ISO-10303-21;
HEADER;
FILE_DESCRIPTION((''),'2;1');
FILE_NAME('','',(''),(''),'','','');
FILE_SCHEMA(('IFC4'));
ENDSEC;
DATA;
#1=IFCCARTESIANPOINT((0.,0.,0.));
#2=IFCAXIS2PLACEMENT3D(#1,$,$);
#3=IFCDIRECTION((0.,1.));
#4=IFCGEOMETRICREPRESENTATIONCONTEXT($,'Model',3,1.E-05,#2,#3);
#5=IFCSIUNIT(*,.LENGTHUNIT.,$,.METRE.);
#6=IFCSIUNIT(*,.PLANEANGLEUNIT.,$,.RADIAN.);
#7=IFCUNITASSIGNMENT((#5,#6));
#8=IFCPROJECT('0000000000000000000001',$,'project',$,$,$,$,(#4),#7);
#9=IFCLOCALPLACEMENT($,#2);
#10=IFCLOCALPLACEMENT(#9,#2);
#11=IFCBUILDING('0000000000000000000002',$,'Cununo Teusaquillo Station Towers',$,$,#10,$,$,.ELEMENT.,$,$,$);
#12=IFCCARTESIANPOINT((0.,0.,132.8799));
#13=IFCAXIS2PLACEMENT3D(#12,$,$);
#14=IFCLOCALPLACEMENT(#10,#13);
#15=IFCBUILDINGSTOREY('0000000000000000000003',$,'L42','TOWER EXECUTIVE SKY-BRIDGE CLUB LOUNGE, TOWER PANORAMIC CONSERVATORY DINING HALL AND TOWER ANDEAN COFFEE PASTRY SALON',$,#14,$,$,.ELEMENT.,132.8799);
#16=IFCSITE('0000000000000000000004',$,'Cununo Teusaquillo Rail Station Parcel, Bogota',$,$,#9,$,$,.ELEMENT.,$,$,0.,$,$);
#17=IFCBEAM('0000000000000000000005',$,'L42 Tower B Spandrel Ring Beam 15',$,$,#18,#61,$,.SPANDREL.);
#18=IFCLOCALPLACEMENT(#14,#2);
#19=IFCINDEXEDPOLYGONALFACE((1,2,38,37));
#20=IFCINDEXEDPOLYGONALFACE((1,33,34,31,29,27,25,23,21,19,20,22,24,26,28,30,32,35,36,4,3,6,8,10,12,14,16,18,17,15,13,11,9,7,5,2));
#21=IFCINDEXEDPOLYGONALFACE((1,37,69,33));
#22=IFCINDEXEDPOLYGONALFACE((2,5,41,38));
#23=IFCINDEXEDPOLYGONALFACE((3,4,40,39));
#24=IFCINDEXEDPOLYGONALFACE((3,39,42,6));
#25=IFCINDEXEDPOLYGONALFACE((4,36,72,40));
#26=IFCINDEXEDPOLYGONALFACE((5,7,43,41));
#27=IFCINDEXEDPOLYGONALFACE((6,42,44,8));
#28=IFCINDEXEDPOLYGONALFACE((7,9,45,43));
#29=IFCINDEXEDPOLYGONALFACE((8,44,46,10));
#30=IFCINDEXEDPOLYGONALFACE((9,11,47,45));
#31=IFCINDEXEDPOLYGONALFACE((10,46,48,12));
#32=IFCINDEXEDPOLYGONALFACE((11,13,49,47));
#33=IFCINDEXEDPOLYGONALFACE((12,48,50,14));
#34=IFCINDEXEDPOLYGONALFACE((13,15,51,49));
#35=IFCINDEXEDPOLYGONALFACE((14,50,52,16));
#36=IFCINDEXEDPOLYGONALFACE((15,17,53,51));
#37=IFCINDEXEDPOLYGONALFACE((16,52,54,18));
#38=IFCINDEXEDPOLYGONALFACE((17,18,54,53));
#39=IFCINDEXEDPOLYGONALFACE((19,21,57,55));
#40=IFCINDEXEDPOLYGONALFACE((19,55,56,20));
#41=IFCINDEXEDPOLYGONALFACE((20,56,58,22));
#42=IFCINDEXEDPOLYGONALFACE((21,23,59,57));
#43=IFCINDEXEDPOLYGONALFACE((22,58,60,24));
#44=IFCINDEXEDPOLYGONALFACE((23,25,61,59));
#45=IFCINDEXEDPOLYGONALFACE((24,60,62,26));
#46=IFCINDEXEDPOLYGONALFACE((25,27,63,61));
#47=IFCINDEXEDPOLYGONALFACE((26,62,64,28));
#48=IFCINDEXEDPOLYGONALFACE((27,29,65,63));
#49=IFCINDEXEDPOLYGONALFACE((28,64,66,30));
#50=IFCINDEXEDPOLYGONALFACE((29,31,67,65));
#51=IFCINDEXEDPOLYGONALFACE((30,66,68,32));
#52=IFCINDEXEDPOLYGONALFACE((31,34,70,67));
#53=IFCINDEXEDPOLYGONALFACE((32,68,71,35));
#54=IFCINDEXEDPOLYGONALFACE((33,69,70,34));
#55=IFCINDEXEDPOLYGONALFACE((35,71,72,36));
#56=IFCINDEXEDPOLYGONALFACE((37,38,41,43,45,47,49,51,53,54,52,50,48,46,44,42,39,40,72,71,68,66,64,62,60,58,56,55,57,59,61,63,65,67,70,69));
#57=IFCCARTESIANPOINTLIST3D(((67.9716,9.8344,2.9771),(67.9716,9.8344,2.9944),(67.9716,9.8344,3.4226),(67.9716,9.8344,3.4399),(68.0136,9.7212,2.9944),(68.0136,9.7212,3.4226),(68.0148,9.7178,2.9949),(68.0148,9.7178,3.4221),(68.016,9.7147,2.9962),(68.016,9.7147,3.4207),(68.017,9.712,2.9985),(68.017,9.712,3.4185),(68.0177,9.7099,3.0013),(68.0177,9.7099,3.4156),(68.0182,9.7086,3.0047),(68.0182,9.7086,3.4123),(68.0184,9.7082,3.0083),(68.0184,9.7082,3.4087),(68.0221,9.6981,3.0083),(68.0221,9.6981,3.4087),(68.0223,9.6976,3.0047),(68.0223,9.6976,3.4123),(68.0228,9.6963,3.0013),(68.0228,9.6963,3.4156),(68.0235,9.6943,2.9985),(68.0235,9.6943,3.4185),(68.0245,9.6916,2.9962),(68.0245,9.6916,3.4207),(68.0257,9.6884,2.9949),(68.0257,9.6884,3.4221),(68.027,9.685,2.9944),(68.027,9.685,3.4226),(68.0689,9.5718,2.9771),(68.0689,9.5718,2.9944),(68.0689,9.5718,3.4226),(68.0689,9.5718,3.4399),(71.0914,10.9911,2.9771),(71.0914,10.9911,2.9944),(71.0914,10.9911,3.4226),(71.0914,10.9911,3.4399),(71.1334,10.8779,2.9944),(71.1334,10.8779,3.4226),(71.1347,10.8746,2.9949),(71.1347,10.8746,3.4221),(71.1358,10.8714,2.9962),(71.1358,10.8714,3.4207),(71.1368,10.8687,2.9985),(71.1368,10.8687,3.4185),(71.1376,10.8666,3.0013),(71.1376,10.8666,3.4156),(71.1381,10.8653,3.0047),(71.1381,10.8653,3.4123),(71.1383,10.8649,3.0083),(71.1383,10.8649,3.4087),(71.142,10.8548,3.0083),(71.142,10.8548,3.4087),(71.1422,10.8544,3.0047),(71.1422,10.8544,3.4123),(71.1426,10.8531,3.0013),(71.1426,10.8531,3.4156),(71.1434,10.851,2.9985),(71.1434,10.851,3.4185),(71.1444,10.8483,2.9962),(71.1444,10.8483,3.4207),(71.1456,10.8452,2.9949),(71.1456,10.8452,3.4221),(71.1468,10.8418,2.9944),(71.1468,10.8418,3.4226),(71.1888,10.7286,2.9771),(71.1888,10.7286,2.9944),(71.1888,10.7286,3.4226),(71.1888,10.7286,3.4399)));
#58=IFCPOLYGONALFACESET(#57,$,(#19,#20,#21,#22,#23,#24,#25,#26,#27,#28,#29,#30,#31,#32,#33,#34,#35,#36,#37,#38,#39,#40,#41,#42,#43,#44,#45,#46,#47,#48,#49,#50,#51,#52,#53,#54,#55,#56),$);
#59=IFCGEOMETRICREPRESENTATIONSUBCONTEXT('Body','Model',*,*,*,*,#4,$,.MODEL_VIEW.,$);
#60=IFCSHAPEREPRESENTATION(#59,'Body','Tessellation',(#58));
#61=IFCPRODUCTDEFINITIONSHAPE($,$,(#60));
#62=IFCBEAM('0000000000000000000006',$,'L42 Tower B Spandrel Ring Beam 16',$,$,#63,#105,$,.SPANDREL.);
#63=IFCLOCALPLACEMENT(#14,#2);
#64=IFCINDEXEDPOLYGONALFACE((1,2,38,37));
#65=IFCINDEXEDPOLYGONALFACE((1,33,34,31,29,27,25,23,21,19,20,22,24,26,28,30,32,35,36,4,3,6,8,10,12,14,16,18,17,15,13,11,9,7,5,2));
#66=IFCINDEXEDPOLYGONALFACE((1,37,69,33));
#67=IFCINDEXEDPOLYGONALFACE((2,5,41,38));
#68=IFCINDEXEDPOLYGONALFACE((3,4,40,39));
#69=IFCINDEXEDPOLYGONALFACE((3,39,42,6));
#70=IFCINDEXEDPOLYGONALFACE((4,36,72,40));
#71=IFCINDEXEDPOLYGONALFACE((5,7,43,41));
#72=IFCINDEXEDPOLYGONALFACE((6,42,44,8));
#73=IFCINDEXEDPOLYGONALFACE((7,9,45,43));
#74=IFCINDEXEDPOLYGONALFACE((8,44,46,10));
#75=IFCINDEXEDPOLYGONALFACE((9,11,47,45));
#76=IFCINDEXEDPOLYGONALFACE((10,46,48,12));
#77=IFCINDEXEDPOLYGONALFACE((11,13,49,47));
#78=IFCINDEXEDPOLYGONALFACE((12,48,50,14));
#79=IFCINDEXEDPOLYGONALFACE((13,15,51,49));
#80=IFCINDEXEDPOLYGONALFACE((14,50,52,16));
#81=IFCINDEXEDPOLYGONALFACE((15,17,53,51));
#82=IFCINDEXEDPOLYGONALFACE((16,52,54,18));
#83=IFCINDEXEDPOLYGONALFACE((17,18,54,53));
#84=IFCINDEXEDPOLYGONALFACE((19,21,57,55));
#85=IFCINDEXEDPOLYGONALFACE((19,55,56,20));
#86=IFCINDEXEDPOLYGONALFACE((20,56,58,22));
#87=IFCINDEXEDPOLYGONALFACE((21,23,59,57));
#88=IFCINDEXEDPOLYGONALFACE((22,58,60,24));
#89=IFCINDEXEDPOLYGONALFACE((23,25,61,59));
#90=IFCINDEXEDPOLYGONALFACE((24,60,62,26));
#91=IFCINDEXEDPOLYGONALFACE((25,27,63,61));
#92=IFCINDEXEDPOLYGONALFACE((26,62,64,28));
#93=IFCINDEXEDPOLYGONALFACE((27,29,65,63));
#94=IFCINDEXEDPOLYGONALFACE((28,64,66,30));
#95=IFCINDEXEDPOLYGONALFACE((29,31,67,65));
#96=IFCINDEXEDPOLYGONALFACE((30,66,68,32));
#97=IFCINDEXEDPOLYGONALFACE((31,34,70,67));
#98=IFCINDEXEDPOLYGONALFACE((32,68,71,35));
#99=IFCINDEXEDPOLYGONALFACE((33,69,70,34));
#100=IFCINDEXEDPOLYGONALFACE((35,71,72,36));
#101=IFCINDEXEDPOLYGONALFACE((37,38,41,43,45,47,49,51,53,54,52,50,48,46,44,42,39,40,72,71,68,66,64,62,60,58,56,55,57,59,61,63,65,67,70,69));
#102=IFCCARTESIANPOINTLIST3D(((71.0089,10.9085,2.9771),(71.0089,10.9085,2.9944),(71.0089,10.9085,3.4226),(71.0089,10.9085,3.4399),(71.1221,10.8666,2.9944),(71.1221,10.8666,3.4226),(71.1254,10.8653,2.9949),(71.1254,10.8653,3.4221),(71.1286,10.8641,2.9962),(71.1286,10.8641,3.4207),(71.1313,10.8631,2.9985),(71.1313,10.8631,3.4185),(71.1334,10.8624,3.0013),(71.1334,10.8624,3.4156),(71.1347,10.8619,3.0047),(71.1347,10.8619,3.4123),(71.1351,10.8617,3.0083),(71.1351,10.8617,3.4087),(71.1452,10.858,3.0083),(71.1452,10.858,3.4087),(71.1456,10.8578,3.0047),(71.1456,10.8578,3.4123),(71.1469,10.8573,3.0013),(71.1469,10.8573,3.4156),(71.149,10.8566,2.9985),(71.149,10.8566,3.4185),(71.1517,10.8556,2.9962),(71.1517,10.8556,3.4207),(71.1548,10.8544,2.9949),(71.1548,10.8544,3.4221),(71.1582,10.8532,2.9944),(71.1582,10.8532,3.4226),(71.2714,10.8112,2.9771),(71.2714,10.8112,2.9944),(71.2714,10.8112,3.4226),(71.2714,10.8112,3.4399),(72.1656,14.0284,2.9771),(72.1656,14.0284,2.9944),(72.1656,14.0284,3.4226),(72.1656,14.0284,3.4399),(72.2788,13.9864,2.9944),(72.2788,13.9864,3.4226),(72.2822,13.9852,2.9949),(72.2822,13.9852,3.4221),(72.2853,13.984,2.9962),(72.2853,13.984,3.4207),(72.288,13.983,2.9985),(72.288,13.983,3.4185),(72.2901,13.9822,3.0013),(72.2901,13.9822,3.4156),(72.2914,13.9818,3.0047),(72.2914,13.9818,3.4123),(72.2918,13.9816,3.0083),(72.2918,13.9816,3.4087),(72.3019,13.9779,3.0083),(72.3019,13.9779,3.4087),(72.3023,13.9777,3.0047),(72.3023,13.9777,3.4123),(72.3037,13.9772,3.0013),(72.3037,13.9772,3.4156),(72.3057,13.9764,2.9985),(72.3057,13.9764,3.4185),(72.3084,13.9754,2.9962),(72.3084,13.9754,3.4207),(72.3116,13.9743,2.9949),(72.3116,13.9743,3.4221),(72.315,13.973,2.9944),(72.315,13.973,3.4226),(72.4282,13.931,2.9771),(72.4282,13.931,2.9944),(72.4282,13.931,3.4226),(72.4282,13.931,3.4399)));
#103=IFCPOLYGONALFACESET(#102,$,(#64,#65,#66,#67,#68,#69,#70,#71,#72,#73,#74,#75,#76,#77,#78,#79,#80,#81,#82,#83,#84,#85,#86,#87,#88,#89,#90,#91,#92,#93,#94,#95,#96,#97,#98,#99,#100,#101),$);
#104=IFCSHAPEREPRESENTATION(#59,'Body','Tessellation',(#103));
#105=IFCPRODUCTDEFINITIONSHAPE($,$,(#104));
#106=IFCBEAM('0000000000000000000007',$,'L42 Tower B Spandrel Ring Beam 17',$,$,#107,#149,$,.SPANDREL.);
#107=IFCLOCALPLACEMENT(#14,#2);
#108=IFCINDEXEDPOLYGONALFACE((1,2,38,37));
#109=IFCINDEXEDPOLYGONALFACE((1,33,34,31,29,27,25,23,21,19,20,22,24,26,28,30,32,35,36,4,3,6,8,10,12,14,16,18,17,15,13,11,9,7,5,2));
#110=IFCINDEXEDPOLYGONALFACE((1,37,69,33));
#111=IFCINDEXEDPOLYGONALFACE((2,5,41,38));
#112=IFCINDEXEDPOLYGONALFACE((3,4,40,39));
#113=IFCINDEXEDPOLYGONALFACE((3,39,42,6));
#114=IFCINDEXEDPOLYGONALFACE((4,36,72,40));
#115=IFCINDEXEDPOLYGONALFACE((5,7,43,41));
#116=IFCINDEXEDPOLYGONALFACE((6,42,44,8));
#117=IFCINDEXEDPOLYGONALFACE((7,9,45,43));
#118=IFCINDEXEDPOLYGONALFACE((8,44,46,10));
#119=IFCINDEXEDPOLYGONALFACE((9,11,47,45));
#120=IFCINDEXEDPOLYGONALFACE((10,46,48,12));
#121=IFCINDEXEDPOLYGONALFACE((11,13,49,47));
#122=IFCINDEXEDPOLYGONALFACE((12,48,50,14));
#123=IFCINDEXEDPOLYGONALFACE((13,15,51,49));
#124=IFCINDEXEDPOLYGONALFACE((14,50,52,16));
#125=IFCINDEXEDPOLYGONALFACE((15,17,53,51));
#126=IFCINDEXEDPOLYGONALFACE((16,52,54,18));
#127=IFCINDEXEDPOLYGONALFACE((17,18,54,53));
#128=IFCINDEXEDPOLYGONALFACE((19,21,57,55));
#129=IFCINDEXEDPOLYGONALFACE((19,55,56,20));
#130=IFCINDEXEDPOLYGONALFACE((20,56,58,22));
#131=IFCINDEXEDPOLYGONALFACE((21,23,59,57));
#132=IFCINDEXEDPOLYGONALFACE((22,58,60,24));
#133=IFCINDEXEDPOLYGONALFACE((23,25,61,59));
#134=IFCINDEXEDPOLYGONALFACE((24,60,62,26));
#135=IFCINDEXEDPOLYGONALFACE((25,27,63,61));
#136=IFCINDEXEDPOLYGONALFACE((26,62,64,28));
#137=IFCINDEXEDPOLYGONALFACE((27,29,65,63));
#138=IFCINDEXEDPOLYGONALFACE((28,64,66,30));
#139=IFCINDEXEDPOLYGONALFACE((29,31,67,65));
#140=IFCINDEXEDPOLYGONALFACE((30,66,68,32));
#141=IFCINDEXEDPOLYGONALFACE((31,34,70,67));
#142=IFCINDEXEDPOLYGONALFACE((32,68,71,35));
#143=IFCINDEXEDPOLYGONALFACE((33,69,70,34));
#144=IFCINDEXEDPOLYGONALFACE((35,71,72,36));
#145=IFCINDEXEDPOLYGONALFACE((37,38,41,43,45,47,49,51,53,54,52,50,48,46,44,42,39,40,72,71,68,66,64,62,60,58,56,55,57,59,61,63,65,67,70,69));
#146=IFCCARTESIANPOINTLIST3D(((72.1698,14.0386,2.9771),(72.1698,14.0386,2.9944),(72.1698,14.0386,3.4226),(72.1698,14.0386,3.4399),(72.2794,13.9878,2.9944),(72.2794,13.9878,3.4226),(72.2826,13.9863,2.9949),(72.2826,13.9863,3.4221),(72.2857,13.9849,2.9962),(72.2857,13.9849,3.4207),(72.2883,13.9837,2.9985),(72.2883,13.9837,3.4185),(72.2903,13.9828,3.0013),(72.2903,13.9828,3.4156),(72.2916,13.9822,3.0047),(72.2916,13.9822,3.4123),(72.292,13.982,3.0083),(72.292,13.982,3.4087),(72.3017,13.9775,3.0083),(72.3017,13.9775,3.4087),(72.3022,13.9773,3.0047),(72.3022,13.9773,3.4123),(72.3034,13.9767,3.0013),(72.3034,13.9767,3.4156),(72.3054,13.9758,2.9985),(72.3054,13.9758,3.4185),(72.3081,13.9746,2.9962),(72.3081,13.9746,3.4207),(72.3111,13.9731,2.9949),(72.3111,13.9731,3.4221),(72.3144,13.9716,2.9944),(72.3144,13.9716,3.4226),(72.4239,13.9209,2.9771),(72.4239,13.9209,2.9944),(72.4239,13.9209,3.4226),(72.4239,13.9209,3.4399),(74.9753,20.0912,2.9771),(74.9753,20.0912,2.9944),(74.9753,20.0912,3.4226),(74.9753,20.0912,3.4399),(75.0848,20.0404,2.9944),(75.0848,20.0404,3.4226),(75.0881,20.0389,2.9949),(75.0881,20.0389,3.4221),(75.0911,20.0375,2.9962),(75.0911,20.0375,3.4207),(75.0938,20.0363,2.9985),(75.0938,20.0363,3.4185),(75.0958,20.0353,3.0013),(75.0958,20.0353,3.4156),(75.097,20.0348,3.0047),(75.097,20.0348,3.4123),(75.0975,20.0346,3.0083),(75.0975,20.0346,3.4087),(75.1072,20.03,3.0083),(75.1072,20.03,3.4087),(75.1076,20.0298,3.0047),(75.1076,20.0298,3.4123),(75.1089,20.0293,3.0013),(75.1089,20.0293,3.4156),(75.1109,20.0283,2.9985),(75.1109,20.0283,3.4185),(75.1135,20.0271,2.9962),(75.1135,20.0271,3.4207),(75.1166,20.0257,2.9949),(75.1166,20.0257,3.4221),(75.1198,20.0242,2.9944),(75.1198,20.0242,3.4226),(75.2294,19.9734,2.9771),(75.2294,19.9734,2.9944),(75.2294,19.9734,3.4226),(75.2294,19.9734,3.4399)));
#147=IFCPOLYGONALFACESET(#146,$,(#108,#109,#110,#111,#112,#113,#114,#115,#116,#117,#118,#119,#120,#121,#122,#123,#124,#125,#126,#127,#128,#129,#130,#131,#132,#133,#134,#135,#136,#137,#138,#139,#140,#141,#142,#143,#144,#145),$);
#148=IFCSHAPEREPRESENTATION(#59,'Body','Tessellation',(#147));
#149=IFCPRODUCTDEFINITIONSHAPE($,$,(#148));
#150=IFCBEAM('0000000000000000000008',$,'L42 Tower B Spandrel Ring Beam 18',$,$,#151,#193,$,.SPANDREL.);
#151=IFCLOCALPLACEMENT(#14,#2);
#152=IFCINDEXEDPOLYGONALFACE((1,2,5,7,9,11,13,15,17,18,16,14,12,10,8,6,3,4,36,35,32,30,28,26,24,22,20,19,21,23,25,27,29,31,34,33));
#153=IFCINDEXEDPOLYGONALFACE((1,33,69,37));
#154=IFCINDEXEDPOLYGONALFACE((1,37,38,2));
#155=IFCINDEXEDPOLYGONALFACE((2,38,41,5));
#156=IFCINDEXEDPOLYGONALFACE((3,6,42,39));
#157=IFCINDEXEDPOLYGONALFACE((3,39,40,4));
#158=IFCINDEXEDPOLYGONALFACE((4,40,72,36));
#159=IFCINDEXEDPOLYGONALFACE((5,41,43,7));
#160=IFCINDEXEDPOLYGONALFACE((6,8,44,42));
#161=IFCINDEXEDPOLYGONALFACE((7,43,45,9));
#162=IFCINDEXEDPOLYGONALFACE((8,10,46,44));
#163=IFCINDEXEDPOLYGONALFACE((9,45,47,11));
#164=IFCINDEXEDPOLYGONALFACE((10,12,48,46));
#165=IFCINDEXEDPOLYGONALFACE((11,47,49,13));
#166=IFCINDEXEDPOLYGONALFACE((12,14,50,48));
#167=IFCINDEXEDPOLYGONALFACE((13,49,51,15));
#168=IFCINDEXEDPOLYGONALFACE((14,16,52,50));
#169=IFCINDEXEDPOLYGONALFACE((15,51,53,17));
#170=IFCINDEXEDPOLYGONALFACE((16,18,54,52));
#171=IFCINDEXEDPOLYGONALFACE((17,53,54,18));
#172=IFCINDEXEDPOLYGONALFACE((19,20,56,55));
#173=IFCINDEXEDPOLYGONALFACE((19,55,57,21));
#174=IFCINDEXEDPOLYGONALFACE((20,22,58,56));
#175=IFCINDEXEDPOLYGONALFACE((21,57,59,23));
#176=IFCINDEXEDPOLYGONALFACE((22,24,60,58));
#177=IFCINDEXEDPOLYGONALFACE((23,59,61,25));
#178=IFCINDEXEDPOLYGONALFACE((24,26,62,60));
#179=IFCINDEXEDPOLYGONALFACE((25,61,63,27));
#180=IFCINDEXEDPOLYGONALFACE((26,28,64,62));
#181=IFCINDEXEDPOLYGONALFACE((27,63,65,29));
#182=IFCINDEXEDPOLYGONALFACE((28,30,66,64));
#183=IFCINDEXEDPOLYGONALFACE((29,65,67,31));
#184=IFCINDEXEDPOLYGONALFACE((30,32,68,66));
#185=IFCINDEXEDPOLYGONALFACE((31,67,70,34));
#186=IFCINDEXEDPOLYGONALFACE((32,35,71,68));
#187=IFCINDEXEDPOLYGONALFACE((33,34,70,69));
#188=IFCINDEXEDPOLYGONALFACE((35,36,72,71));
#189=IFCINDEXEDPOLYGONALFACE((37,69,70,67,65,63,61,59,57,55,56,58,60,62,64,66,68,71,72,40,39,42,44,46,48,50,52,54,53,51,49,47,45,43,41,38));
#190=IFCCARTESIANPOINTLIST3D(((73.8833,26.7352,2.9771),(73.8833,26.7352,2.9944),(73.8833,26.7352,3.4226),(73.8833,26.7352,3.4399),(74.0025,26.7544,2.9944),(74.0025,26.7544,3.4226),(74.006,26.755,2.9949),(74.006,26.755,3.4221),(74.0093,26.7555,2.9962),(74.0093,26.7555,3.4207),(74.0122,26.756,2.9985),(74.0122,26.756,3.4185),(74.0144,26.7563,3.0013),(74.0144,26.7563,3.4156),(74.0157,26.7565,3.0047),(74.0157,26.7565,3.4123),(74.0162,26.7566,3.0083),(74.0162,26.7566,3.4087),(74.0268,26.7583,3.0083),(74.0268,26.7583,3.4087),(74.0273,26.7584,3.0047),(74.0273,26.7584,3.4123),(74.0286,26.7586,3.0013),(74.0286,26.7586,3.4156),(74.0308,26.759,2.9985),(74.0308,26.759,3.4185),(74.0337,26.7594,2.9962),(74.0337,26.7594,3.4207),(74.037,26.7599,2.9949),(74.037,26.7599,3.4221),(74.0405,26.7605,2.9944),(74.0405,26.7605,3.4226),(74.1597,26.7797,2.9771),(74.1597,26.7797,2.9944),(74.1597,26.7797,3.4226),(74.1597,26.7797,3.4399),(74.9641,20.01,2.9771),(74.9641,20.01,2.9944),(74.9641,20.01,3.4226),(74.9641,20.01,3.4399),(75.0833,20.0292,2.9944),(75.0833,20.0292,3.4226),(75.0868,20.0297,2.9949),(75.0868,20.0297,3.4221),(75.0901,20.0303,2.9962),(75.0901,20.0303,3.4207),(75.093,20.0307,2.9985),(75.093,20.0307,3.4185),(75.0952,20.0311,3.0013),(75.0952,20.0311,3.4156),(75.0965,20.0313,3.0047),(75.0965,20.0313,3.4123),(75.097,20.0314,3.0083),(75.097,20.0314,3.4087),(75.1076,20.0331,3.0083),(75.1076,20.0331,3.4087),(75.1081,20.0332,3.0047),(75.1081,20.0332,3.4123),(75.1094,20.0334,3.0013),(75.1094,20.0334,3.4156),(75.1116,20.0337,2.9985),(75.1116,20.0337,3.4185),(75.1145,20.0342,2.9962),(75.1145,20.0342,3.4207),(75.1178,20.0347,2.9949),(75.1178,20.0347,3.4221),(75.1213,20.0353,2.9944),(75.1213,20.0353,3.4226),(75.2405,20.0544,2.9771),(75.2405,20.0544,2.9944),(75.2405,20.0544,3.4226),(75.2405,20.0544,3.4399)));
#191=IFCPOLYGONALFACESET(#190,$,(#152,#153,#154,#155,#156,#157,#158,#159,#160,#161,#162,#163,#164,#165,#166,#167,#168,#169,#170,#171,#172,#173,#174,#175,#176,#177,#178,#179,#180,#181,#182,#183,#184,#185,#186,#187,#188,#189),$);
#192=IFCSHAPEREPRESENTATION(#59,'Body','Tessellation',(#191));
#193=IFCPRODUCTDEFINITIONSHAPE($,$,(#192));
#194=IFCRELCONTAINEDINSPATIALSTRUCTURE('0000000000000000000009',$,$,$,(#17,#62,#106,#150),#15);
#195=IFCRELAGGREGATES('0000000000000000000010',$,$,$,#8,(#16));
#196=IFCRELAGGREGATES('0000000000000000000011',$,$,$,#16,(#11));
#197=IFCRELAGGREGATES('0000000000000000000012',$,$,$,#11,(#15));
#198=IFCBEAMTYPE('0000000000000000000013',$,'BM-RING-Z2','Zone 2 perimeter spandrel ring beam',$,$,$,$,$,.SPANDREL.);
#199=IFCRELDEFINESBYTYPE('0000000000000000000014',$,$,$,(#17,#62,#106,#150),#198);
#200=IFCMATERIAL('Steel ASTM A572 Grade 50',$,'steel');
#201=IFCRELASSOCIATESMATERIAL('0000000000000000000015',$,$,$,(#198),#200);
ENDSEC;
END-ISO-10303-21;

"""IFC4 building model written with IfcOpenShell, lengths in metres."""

from ifc_helpers import new_model, si_unit, direction, frame, origin, origin_2d, place, context, subcontext, project, spatial, i_section, extrude, material, material_profile, profile_set, type_object, element, save


model = new_model("IFC4")

# Units and contexts
model_context = context("Model", 3, precision=1e-05, world=origin(), true_north=direction((0.0, 1.0)))
body_context = subcontext(model_context, "Body", "Model", "MODEL_VIEW")
ifc_project = project(units=[si_unit("LENGTHUNIT", "METRE"), si_unit("PLANEANGLEUNIT", "RADIAN")], contexts=[model_context])

# Site, building, storey
site_placement = place(None, origin())
site = spatial("IfcSite", under=ifc_project, at=site_placement, Name="Cununo Teusaquillo Rail Station Parcel, Bogota", CompositionType="ELEMENT", RefElevation=0.0)
building_placement = place(site_placement, origin())
building = spatial("IfcBuilding", under=site, at=building_placement, Name="Cununo Teusaquillo Station Towers", CompositionType="ELEMENT")
storey_placement = place(building_placement, frame((0.0, 0.0, 132.8799)))
storey = spatial("IfcBuildingStorey", under=building, at=storey_placement, Name="L42", Description="TOWER EXECUTIVE SKY-BRIDGE CLUB LOUNGE, TOWER PANORAMIC CONSERVATORY DINING HALL AND TOWER ANDEAN COFFEE PASTRY SALON", CompositionType="ELEMENT", Elevation=132.8799)

# Beams
ifc_material_1 = material(Name="Steel ASTM A572 Grade 50", Category="steel")
ifc_material_profile_1 = material_profile(ifc_material_1, i_section(OverallWidth=0.28, OverallDepth=0.4629, WebThickness=0.0107, FlangeThickness=0.0173, FilletRadius=0.0139, at=origin_2d()), Name="W18X76")
ifc_profile_set_1 = profile_set([ifc_material_profile_1], Name="Steel ASTM A572 Grade 50")
beam_type_1 = type_object("IfcBeamType", Name="BM-RING-Z2", Description="Zone 2 perimeter spandrel ring beam", PredefinedType="SPANDREL", material=ifc_profile_set_1)
for number, where, z_axis, x_axis, name in (
    (1, (68.0203, 9.7031, 3.2085), (0.937628, 0.347639, 0.0), (-0.347639, 0.937628, 0.0), "L42 Tower B Spandrel Ring Beam 15"),
    (2, (71.1401, 10.8599, 3.2085), (0.347639, 0.937628, 0.0), (-0.937628, 0.347639, 0.0), "L42 Tower B Spandrel Ring Beam 16"),
):
    element("IfcBeam", number, at=place(storey_placement, frame(where, z_axis=z_axis, x_axis=x_axis)), inside=storey, type_object=beam_type_1, Name=name, PredefinedType="SPANDREL", context=body_context, shape_type="SweptSolid", body=[
        extrude(i_section(OverallWidth=0.28, OverallDepth=0.4629, WebThickness=0.0107, FlangeThickness=0.0173, FilletRadius=0.0139, at=origin_2d()), origin(), (0.0, 0.0, 1.0), 3.3274),
    ])
beam_1_placement = place(storey_placement, frame((72.2969, 13.9797, 3.2085), z_axis=(0.420536, 0.907276, 0.0), x_axis=(-0.907276, 0.420536, 0.0)))
element("IfcBeam", 3, at=beam_1_placement, inside=storey, type_object=beam_type_1, Name="L42 Tower B Spandrel Ring Beam 17", PredefinedType="SPANDREL", context=body_context, shape_type="SweptSolid", body=[
    extrude(i_section(OverallWidth=0.28, OverallDepth=0.4629, WebThickness=0.0107, FlangeThickness=0.0173, FilletRadius=0.0139, at=origin_2d()), origin(), (0.0, 0.0, 1.0), 6.6711),
])
beam_2_placement = place(storey_placement, frame((75.1023, 20.0322, 3.2085), z_axis=(-0.158671, 0.987331, 0.0), x_axis=(-0.987331, -0.158671, 0.0)))
element("IfcBeam", 4, at=beam_2_placement, inside=storey, type_object=beam_type_1, Name="L42 Tower B Spandrel Ring Beam 18", PredefinedType="SPANDREL", context=body_context, shape_type="SweptSolid", body=[
    extrude(i_section(OverallWidth=0.28, OverallDepth=0.4629, WebThickness=0.0107, FlangeThickness=0.0173, FilletRadius=0.0139, at=origin_2d()), origin(), (0.0, 0.0, 1.0), 6.8115),
])

save(model, "model.ifc")
